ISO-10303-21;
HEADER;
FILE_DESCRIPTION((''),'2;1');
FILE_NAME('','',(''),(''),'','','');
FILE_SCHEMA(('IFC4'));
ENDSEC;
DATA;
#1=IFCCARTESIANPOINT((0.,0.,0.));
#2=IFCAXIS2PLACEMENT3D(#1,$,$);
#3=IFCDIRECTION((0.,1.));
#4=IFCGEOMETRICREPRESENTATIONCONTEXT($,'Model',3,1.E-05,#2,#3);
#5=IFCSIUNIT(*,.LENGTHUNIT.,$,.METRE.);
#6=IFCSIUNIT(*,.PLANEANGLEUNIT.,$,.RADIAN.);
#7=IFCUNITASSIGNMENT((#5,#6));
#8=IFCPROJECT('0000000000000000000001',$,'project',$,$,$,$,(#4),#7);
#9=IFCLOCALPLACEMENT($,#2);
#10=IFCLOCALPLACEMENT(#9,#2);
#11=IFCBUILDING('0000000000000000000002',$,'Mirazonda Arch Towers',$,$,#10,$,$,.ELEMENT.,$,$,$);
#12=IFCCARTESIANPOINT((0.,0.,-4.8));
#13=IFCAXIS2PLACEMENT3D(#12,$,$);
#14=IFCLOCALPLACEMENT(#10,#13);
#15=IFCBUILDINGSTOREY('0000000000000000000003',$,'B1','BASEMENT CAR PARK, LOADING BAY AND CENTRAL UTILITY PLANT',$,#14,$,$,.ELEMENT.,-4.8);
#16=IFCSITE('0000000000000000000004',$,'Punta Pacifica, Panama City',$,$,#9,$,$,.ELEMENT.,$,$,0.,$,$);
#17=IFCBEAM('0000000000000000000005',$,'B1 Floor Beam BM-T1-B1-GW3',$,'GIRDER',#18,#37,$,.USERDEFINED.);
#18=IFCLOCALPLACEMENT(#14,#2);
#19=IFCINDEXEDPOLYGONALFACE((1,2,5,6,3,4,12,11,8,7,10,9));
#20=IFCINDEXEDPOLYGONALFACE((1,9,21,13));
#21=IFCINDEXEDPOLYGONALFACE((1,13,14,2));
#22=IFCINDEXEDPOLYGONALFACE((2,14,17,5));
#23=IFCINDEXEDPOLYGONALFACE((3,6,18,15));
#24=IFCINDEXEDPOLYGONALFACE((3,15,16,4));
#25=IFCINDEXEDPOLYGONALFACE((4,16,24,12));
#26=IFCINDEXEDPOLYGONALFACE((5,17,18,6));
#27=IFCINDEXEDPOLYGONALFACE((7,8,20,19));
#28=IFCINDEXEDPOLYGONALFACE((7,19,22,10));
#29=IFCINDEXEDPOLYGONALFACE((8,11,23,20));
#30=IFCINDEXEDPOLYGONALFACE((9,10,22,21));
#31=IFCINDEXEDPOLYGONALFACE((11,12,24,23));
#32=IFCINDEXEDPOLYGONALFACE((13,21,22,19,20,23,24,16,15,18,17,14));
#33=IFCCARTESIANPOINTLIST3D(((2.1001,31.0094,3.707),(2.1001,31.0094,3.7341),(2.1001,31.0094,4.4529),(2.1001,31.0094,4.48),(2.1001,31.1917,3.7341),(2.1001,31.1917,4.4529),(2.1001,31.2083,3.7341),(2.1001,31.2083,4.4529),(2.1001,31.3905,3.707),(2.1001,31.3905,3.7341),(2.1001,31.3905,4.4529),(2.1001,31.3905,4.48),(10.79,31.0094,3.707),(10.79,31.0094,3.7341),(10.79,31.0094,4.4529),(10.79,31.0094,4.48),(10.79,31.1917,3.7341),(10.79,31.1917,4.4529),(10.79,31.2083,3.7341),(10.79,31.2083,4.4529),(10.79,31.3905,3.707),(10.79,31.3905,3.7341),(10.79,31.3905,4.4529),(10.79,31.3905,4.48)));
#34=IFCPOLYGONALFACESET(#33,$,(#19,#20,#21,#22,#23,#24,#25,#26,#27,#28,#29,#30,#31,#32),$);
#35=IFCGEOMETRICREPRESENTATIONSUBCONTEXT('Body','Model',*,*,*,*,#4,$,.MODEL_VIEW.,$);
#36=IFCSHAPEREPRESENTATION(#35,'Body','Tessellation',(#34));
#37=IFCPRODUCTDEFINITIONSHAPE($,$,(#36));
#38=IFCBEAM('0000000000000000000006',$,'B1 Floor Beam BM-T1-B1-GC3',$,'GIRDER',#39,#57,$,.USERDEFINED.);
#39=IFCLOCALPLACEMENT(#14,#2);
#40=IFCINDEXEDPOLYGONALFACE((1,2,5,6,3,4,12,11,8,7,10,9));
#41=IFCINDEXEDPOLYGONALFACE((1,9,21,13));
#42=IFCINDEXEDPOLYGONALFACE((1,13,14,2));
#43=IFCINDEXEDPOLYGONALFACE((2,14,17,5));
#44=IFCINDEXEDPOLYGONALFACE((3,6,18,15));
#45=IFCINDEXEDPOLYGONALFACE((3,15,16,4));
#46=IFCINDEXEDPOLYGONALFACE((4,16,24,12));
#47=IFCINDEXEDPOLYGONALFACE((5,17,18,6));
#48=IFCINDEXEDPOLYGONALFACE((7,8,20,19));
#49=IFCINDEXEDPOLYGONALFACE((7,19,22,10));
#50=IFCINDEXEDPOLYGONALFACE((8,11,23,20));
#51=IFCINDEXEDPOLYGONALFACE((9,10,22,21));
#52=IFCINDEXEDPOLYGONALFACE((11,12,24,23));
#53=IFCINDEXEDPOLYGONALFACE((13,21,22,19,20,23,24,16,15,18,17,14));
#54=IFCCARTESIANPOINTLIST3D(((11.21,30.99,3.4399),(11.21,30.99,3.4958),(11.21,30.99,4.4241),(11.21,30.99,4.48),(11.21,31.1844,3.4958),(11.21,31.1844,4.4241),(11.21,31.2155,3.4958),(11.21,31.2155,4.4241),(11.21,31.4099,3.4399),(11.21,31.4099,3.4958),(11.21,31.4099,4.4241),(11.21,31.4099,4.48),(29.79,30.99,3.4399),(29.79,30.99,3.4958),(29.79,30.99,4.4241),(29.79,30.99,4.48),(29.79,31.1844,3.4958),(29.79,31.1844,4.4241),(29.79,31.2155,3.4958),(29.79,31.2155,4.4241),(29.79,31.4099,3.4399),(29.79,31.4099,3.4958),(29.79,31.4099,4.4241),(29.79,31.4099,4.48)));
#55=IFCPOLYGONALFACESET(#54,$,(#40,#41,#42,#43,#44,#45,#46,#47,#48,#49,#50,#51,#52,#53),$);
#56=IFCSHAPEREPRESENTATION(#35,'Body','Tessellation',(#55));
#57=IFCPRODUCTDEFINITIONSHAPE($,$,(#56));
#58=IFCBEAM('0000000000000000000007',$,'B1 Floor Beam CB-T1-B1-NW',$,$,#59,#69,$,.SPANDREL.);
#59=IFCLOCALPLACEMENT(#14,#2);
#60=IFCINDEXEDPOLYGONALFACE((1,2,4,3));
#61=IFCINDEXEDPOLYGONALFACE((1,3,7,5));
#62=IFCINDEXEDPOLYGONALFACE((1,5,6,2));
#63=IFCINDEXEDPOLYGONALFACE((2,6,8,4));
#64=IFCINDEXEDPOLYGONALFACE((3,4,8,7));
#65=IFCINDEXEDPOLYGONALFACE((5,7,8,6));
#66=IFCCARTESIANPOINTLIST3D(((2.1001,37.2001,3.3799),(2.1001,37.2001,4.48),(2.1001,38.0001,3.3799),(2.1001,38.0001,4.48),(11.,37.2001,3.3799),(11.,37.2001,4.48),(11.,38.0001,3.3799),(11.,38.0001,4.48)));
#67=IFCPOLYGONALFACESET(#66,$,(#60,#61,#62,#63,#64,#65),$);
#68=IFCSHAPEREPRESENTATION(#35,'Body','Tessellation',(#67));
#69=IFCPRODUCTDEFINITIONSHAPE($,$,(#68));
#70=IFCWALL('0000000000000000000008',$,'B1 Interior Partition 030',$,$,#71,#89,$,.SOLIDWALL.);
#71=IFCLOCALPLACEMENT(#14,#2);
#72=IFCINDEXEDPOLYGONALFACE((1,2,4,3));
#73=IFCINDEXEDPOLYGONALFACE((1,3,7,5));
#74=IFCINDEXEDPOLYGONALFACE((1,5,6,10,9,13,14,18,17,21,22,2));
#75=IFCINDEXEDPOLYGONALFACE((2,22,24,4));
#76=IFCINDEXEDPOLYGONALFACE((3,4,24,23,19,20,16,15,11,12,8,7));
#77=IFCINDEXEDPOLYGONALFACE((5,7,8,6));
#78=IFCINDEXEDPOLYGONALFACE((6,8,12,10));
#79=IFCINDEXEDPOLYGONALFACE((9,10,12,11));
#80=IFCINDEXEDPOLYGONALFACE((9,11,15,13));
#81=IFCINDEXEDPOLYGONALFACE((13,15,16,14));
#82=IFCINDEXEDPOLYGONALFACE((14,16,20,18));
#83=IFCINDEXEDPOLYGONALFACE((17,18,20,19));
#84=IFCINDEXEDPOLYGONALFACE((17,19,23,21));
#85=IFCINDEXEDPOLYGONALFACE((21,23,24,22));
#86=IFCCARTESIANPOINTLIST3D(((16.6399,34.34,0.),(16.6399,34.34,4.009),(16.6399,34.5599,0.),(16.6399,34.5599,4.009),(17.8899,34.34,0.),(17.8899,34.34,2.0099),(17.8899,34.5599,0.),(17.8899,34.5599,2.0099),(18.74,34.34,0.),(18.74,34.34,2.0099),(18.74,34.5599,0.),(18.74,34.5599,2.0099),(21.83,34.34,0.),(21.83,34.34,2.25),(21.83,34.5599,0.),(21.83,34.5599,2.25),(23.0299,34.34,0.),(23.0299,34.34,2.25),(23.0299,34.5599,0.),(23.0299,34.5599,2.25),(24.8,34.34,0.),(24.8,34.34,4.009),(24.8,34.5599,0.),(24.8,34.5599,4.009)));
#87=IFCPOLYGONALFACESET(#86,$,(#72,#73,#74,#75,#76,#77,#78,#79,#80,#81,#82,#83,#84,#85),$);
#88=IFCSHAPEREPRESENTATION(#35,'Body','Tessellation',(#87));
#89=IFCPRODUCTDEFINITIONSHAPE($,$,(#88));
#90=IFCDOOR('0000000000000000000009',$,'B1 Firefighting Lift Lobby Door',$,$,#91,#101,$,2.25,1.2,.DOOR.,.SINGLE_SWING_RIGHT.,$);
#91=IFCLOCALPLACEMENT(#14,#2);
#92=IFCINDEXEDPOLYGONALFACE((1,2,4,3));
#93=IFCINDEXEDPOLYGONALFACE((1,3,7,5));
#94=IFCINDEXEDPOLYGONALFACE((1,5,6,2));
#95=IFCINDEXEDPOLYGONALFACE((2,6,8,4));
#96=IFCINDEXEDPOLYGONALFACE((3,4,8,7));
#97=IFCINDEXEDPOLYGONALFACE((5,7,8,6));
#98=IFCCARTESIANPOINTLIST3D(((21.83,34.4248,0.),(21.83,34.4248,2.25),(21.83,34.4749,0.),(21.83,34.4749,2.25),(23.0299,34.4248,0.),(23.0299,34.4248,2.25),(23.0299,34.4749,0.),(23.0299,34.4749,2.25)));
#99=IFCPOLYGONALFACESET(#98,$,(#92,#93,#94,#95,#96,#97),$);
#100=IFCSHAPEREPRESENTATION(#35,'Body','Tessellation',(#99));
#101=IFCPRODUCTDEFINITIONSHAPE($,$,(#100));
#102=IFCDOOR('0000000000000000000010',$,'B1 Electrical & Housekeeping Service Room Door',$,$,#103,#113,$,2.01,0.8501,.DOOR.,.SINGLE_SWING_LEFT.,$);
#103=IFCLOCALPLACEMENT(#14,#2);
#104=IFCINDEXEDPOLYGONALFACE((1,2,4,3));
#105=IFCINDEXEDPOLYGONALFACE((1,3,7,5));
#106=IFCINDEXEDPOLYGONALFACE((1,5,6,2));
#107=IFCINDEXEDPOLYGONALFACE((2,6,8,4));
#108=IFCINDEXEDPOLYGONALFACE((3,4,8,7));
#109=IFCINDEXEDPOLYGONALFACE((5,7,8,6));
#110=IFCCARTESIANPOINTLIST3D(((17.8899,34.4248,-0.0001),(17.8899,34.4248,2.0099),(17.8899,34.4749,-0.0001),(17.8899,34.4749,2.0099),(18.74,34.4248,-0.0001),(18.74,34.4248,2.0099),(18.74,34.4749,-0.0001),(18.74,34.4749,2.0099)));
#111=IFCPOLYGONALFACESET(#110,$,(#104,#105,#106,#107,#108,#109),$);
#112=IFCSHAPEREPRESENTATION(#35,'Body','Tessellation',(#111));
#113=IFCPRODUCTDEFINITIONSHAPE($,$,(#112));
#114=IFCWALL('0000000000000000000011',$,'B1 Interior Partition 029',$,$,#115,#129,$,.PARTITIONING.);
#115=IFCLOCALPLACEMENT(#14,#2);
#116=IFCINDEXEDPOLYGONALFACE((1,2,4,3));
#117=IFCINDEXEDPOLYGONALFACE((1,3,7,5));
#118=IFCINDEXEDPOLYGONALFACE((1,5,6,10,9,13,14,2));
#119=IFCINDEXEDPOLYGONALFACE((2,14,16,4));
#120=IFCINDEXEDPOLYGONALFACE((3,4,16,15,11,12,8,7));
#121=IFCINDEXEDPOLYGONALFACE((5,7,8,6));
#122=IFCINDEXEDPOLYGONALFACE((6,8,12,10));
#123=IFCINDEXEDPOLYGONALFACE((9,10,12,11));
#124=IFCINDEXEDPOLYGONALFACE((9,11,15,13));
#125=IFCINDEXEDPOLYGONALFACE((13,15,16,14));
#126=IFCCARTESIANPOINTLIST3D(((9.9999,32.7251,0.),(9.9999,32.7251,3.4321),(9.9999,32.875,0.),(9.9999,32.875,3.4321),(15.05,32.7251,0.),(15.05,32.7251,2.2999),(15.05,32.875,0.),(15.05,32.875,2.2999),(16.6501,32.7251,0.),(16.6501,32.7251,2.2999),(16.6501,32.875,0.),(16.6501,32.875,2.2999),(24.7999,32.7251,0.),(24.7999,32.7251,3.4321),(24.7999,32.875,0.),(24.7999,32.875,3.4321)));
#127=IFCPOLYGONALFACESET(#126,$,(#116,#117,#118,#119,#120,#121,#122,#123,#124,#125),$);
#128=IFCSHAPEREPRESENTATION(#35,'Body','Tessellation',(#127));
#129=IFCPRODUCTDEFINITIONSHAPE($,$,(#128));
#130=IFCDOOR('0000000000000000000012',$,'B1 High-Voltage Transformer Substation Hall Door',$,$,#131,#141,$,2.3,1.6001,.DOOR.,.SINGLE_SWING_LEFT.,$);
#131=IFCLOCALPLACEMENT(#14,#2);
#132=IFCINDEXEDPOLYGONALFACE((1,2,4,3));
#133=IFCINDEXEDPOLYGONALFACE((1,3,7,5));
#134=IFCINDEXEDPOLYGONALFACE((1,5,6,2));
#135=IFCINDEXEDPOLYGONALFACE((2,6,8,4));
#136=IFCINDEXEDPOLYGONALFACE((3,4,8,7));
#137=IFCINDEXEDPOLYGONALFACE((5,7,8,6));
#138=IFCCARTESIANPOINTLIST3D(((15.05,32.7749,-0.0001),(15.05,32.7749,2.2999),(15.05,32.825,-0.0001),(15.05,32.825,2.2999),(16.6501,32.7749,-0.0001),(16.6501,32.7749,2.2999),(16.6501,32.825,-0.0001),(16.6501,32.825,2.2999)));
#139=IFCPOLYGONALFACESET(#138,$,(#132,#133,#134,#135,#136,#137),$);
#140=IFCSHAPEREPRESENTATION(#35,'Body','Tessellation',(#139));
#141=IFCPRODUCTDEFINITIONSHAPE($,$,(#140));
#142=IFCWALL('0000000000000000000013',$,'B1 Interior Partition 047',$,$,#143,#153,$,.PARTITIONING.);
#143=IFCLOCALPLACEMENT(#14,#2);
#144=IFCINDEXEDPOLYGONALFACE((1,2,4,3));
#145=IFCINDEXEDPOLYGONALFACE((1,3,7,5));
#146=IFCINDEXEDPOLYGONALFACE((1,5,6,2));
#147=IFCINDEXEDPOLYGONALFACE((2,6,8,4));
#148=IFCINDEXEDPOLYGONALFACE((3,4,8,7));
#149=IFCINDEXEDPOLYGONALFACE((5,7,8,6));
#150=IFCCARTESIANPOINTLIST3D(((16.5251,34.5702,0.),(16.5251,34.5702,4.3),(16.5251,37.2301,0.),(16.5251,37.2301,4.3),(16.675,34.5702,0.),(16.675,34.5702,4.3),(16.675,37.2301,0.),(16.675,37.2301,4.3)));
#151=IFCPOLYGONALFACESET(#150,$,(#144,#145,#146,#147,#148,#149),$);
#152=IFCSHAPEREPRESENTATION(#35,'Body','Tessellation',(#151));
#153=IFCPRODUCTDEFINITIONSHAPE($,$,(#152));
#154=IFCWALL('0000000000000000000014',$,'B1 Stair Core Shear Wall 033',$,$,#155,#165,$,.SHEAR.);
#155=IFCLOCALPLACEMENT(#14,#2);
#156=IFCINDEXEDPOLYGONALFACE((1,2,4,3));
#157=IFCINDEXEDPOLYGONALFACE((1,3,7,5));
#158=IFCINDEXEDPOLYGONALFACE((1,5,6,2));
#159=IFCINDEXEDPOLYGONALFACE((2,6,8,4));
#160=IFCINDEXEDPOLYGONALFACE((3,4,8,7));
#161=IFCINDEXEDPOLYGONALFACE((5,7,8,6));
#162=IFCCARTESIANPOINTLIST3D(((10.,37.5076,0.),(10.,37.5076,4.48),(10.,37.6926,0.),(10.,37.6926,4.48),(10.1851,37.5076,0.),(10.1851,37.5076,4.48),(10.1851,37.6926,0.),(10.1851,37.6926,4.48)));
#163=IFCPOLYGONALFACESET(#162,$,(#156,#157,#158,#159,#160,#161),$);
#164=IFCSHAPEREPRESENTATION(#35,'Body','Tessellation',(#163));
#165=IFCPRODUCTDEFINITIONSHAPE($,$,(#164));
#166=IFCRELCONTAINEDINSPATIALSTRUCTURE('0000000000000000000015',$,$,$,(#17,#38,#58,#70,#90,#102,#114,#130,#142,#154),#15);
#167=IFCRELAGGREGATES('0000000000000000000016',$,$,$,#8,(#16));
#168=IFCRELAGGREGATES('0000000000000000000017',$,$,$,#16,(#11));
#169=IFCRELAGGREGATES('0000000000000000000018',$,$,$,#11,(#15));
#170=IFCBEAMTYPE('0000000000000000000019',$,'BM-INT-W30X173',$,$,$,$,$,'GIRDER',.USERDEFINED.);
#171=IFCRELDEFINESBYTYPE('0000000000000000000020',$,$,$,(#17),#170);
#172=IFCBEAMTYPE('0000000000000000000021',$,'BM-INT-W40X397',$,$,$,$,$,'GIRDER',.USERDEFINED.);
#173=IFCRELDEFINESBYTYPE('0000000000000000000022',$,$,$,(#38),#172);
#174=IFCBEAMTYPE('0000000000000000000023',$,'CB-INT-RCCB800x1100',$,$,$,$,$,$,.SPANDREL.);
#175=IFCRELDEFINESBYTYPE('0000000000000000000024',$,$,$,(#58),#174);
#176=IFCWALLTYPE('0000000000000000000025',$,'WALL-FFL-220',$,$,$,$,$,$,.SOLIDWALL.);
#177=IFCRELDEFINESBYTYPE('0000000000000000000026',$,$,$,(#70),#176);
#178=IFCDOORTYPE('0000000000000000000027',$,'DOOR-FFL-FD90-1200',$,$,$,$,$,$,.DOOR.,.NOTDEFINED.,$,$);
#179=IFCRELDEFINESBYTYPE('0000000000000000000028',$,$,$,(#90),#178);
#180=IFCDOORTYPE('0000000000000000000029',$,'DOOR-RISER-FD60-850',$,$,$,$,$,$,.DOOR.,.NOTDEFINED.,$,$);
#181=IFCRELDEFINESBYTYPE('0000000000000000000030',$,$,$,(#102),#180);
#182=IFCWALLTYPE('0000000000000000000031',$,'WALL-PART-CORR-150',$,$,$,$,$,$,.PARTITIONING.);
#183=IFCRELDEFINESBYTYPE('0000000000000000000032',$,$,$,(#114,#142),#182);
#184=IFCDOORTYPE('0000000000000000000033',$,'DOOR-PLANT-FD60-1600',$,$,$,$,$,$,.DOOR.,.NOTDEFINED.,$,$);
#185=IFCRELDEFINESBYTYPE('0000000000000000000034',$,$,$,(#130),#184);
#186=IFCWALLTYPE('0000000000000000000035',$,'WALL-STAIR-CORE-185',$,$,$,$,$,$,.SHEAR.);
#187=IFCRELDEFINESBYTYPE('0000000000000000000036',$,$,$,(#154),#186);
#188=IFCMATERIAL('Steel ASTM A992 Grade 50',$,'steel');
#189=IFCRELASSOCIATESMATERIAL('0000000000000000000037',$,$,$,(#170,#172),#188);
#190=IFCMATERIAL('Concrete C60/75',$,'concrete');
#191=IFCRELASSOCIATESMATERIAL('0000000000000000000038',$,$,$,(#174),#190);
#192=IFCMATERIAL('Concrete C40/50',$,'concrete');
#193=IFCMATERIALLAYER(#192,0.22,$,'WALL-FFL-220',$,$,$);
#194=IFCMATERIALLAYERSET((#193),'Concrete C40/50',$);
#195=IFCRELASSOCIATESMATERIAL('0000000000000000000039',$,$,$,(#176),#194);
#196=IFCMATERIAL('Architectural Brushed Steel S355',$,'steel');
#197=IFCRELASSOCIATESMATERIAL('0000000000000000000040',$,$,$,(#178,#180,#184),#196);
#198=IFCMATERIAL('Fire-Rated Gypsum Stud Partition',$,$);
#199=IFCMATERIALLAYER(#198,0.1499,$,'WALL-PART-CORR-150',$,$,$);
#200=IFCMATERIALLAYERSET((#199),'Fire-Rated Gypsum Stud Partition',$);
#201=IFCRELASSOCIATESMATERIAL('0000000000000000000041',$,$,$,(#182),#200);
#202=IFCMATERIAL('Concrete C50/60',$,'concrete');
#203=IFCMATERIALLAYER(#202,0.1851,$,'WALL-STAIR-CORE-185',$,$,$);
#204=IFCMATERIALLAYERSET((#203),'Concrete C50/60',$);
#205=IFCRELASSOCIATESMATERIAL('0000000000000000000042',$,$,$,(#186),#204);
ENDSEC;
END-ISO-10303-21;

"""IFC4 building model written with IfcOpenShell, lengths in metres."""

from ifc_helpers import new_model, si_unit, direction, frame, frame_2d, origin, origin_2d, place, context, subcontext, project, spatial, rectangle, i_section, extrude, material, layer, layer_set, material_profile, profile_set, type_object, element, fill, save


model = new_model("IFC4")

# Units and contexts
model_context = context("Model", 3, precision=1e-05, world=origin(), true_north=direction((0.0, 1.0)))
body_context = subcontext(model_context, "Body", "Model", "MODEL_VIEW")
ifc_project = project(units=[si_unit("LENGTHUNIT", "METRE"), si_unit("PLANEANGLEUNIT", "RADIAN")], contexts=[model_context])

# Site, building, storey
site_placement = place(None, origin())
site = spatial("IfcSite", under=ifc_project, at=site_placement, Name="Punta Pacifica, Panama City", CompositionType="ELEMENT", RefElevation=0.0)
building_placement = place(site_placement, origin())
building = spatial("IfcBuilding", under=site, at=building_placement, Name="Mirazonda Arch Towers", CompositionType="ELEMENT")
storey_placement = place(building_placement, frame((0.0, 0.0, -4.8)))
storey = spatial("IfcBuildingStorey", under=building, at=storey_placement, Name="B1", Description="BASEMENT CAR PARK, LOADING BAY AND CENTRAL UTILITY PLANT", CompositionType="ELEMENT", Elevation=-4.8)

# Shared definitions
ifc_material_1 = material(Name="Concrete C50/60", Category="concrete")

# Shared definitions
ifc_material_2 = material(Name="Concrete C60/75", Category="concrete")

# Beams
ifc_material_3 = material(Name="Steel ASTM A992 Grade 50", Category="steel")
ifc_material_profile_1 = material_profile(ifc_material_3, i_section(OverallWidth=0.3811, OverallDepth=0.7729, WebThickness=0.0166, FlangeThickness=0.0271, at=origin_2d()), Name="W30X173")
ifc_profile_set_1 = profile_set([ifc_material_profile_1], Name="Steel ASTM A992 Grade 50")
beam_type_1 = type_object("IfcBeamType", Name="BM-INT-W30X173", ElementType="GIRDER", PredefinedType="USERDEFINED", material=ifc_profile_set_1)
beam_1_placement = place(storey_placement, frame((2.1001, 31.2, 4.0935), z_axis=(1.0, 0.0, 0.0), x_axis=(0.0, 1.0, 0.0)))
element("IfcBeam", 1, at=beam_1_placement, inside=storey, type_object=beam_type_1, Name="B1 Floor Beam BM-T1-B1-GW3", ObjectType="GIRDER", PredefinedType="USERDEFINED", context=body_context, shape_type="SweptSolid", body=[
    extrude(i_section(OverallWidth=0.3811, OverallDepth=0.7729, WebThickness=0.0166, FlangeThickness=0.0271, at=origin_2d()), origin(), (0.0, 0.0, 1.0), 8.6899),
])
ifc_material_profile_2 = material_profile(ifc_material_3, i_section(OverallWidth=0.4199, OverallDepth=1.04, WebThickness=0.031, FlangeThickness=0.0559, at=origin_2d()), Name="W40X397")
ifc_profile_set_2 = profile_set([ifc_material_profile_2], Name="Steel ASTM A992 Grade 50")
beam_type_2 = type_object("IfcBeamType", Name="BM-INT-W40X397", ElementType="GIRDER", PredefinedType="USERDEFINED", material=ifc_profile_set_2)
beam_2_placement = place(storey_placement, frame((11.21, 31.2, 3.96), z_axis=(1.0, 0.0, 0.0), x_axis=(0.0, 1.0, 0.0)))
element("IfcBeam", 2, at=beam_2_placement, inside=storey, type_object=beam_type_2, Name="B1 Floor Beam BM-T1-B1-GC3", ObjectType="GIRDER", PredefinedType="USERDEFINED", context=body_context, shape_type="SweptSolid", body=[
    extrude(i_section(OverallWidth=0.4199, OverallDepth=1.04, WebThickness=0.031, FlangeThickness=0.0559, at=origin_2d()), origin(), (0.0, 0.0, 1.0), 18.5801),
])
ifc_material_profile_3 = material_profile(ifc_material_2, rectangle(XDim=0.8, YDim=1.1001, at=origin_2d()), Name="RCCB800x1100")
ifc_profile_set_3 = profile_set([ifc_material_profile_3], Name="Concrete C60/75")
beam_type_3 = type_object("IfcBeamType", Name="CB-INT-RCCB800x1100", PredefinedType="SPANDREL", material=ifc_profile_set_3)
beam_3_placement = place(storey_placement, frame((2.1001, 37.6001, 3.9299), z_axis=(1.0, 0.0, 0.0), x_axis=(0.0, 1.0, 0.0)))
element("IfcBeam", 3, at=beam_3_placement, inside=storey, type_object=beam_type_3, Name="B1 Floor Beam CB-T1-B1-NW", PredefinedType="SPANDREL", context=body_context, shape_type="SweptSolid", body=[
    extrude(rectangle(XDim=0.8, YDim=1.1001, at=origin_2d()), origin(), (0.0, 0.0, 1.0), 8.8999),
])

# Wall, openings, doors
ifc_material_4 = material(Name="Concrete C40/50", Category="concrete")
ifc_layer_1 = layer(ifc_material_4, 0.22, Name="WALL-FFL-220")
ifc_layer_set_1 = layer_set([ifc_layer_1], Name="Concrete C40/50")
wall_type_1 = type_object("IfcWallType", Name="WALL-FFL-220", PredefinedType="SOLIDWALL", material=ifc_layer_set_1)
wall_1_placement = place(storey_placement, frame((16.6399, 34.45, 0.0), z_axis=(0.0, 0.0, 1.0), x_axis=(1.0, 0.0, 0.0)))
wall_1 = element("IfcWall", 4, at=wall_1_placement, inside=storey, type_object=wall_type_1, Name="B1 Interior Partition 030", PredefinedType="SOLIDWALL", context=body_context, shape_type="SweptSolid", body=[
    extrude(rectangle(XDim=8.1602, YDim=0.22, at=frame_2d((4.0801, 0.0))), origin(), (0.0, 0.0, 1.0), 4.009),
])
opening_1_placement = place(wall_1_placement, frame((5.1899, 0.0, 0.0)))
opening_1 = element("IfcOpeningElement", 5, at=opening_1_placement, cuts=wall_1, PredefinedType="OPENING", context=body_context, shape_type="SweptSolid", body=[
    extrude(rectangle(XDim=1.2, YDim=2.25, at=frame_2d((0.6001, 1.125))), frame((0.0, 0.1199, 0.0), z_axis=(0.0, -1.0, 0.0), x_axis=(1.0, 0.0, 0.0)), (0.0, 0.0, 1.0), 0.24),
])
opening_2_placement = place(wall_1_placement, frame((1.25, 0.0, 0.0)))
opening_2 = element("IfcOpeningElement", 6, at=opening_2_placement, cuts=wall_1, PredefinedType="OPENING", context=body_context, shape_type="SweptSolid", body=[
    extrude(rectangle(XDim=0.8501, YDim=2.01, at=frame_2d((0.425, 1.0049))), frame((0.0, 0.1199, 0.0), z_axis=(0.0, -1.0, 0.0), x_axis=(1.0, 0.0, 0.0)), (0.0, 0.0, 1.0), 0.24),
])
ifc_material_5 = material(Name="Architectural Brushed Steel S355", Category="steel")
door_type_1 = type_object("IfcDoorType", Name="DOOR-FFL-FD90-1200", OperationType="NOTDEFINED", PredefinedType="DOOR", material=ifc_material_5)
door_1_placement = place(opening_1_placement, origin())
door_1 = element("IfcDoor", 7, at=door_1_placement, inside=storey, type_object=door_type_1, Name="B1 Firefighting Lift Lobby Door", OperationType="SINGLE_SWING_RIGHT", OverallHeight=2.25, OverallWidth=1.2, PredefinedType="DOOR", context=body_context, shape_type="SweptSolid", body=[
    extrude(rectangle(XDim=1.2, YDim=2.25, at=frame_2d((0.6001, 1.125))), frame((0.0, 0.0249, 0.0), z_axis=(0.0, -1.0, 0.0), x_axis=(1.0, 0.0, 0.0)), (0.0, 0.0, 1.0), 0.05),
])
fill(opening_1, door_1)
door_type_2 = type_object("IfcDoorType", Name="DOOR-RISER-FD60-850", OperationType="NOTDEFINED", PredefinedType="DOOR", material=ifc_material_5)
door_2_placement = place(opening_2_placement, origin())
door_2 = element("IfcDoor", 8, at=door_2_placement, inside=storey, type_object=door_type_2, Name="B1 Electrical & Housekeeping Service Room Door", OperationType="SINGLE_SWING_LEFT", OverallHeight=2.01, OverallWidth=0.8501, PredefinedType="DOOR", context=body_context, shape_type="SweptSolid", body=[
    extrude(rectangle(XDim=0.8501, YDim=2.01, at=frame_2d((0.425, 1.0049))), frame((0.0, 0.0249, 0.0), z_axis=(0.0, -1.0, 0.0), x_axis=(1.0, 0.0, 0.0)), (0.0, 0.0, 1.0), 0.05),
])
fill(opening_2, door_2)

# Wall, opening, door
ifc_material_6 = material(Name="Fire-Rated Gypsum Stud Partition")
ifc_layer_2 = layer(ifc_material_6, 0.1499, Name="WALL-PART-CORR-150")
ifc_layer_set_2 = layer_set([ifc_layer_2], Name="Fire-Rated Gypsum Stud Partition")
wall_type_2 = type_object("IfcWallType", Name="WALL-PART-CORR-150", PredefinedType="PARTITIONING", material=ifc_layer_set_2)
wall_2_placement = place(storey_placement, frame((10.0, 32.8, 0.0), z_axis=(0.0, 0.0, 1.0), x_axis=(1.0, 0.0, 0.0)))
wall_2 = element("IfcWall", 9, at=wall_2_placement, inside=storey, type_object=wall_type_2, Name="B1 Interior Partition 029", PredefinedType="PARTITIONING", context=body_context, shape_type="SweptSolid", body=[
    extrude(rectangle(XDim=14.8, YDim=0.1499, at=frame_2d((7.3999, 0.0))), origin(), (0.0, 0.0, 1.0), 3.4321),
])
opening_3_placement = place(wall_2_placement, frame((5.05, 0.0, 0.0)))
opening_3 = element("IfcOpeningElement", 10, at=opening_3_placement, cuts=wall_2, PredefinedType="OPENING", context=body_context, shape_type="SweptSolid", body=[
    extrude(rectangle(XDim=1.6001, YDim=2.3, at=frame_2d((0.8, 1.1499))), frame((0.0, 0.085, 0.0), z_axis=(0.0, -1.0, 0.0), x_axis=(1.0, 0.0, 0.0)), (0.0, 0.0, 1.0), 0.1699),
])
door_type_3 = type_object("IfcDoorType", Name="DOOR-PLANT-FD60-1600", OperationType="NOTDEFINED", PredefinedType="DOOR", material=ifc_material_5)
door_3_placement = place(opening_3_placement, origin())
door_3 = element("IfcDoor", 11, at=door_3_placement, inside=storey, type_object=door_type_3, Name="B1 High-Voltage Transformer Substation Hall Door", OperationType="SINGLE_SWING_LEFT", OverallHeight=2.3, OverallWidth=1.6001, PredefinedType="DOOR", context=body_context, shape_type="SweptSolid", body=[
    extrude(rectangle(XDim=1.6001, YDim=2.3, at=frame_2d((0.8, 1.1499))), frame((0.0, 0.0249, 0.0), z_axis=(0.0, -1.0, 0.0), x_axis=(1.0, 0.0, 0.0)), (0.0, 0.0, 1.0), 0.05),
])
fill(opening_3, door_3)

# Walls
wall_3_placement = place(storey_placement, frame((16.6001, 34.5701, 0.0), z_axis=(0.0, 0.0, 1.0), x_axis=(0.0, 1.0, 0.0)))
element("IfcWall", 12, at=wall_3_placement, inside=storey, type_object=wall_type_2, Name="B1 Interior Partition 047", PredefinedType="PARTITIONING", context=body_context, shape_type="SweptSolid", body=[
    extrude(rectangle(XDim=2.6599, YDim=0.1499, at=frame_2d((1.3301, 0.0))), origin(), (0.0, 0.0, 1.0), 4.3),
])
ifc_layer_3 = layer(ifc_material_1, 0.1851, Name="WALL-STAIR-CORE-185")
ifc_layer_set_3 = layer_set([ifc_layer_3], Name="Concrete C50/60")
wall_type_3 = type_object("IfcWallType", Name="WALL-STAIR-CORE-185", PredefinedType="SHEAR", material=ifc_layer_set_3)
wall_4_placement = place(storey_placement, frame((10.0, 37.6001, 0.0), z_axis=(0.0, 0.0, 1.0), x_axis=(1.0, 0.0, 0.0)))
element("IfcWall", 13, at=wall_4_placement, inside=storey, type_object=wall_type_3, Name="B1 Stair Core Shear Wall 033", PredefinedType="SHEAR", context=body_context, shape_type="SweptSolid", body=[
    extrude(rectangle(XDim=0.1851, YDim=0.1851, at=frame_2d((0.0925, 0.0))), origin(), (0.0, 0.0, 1.0), 4.48),
])

save(model, "model.ifc")
